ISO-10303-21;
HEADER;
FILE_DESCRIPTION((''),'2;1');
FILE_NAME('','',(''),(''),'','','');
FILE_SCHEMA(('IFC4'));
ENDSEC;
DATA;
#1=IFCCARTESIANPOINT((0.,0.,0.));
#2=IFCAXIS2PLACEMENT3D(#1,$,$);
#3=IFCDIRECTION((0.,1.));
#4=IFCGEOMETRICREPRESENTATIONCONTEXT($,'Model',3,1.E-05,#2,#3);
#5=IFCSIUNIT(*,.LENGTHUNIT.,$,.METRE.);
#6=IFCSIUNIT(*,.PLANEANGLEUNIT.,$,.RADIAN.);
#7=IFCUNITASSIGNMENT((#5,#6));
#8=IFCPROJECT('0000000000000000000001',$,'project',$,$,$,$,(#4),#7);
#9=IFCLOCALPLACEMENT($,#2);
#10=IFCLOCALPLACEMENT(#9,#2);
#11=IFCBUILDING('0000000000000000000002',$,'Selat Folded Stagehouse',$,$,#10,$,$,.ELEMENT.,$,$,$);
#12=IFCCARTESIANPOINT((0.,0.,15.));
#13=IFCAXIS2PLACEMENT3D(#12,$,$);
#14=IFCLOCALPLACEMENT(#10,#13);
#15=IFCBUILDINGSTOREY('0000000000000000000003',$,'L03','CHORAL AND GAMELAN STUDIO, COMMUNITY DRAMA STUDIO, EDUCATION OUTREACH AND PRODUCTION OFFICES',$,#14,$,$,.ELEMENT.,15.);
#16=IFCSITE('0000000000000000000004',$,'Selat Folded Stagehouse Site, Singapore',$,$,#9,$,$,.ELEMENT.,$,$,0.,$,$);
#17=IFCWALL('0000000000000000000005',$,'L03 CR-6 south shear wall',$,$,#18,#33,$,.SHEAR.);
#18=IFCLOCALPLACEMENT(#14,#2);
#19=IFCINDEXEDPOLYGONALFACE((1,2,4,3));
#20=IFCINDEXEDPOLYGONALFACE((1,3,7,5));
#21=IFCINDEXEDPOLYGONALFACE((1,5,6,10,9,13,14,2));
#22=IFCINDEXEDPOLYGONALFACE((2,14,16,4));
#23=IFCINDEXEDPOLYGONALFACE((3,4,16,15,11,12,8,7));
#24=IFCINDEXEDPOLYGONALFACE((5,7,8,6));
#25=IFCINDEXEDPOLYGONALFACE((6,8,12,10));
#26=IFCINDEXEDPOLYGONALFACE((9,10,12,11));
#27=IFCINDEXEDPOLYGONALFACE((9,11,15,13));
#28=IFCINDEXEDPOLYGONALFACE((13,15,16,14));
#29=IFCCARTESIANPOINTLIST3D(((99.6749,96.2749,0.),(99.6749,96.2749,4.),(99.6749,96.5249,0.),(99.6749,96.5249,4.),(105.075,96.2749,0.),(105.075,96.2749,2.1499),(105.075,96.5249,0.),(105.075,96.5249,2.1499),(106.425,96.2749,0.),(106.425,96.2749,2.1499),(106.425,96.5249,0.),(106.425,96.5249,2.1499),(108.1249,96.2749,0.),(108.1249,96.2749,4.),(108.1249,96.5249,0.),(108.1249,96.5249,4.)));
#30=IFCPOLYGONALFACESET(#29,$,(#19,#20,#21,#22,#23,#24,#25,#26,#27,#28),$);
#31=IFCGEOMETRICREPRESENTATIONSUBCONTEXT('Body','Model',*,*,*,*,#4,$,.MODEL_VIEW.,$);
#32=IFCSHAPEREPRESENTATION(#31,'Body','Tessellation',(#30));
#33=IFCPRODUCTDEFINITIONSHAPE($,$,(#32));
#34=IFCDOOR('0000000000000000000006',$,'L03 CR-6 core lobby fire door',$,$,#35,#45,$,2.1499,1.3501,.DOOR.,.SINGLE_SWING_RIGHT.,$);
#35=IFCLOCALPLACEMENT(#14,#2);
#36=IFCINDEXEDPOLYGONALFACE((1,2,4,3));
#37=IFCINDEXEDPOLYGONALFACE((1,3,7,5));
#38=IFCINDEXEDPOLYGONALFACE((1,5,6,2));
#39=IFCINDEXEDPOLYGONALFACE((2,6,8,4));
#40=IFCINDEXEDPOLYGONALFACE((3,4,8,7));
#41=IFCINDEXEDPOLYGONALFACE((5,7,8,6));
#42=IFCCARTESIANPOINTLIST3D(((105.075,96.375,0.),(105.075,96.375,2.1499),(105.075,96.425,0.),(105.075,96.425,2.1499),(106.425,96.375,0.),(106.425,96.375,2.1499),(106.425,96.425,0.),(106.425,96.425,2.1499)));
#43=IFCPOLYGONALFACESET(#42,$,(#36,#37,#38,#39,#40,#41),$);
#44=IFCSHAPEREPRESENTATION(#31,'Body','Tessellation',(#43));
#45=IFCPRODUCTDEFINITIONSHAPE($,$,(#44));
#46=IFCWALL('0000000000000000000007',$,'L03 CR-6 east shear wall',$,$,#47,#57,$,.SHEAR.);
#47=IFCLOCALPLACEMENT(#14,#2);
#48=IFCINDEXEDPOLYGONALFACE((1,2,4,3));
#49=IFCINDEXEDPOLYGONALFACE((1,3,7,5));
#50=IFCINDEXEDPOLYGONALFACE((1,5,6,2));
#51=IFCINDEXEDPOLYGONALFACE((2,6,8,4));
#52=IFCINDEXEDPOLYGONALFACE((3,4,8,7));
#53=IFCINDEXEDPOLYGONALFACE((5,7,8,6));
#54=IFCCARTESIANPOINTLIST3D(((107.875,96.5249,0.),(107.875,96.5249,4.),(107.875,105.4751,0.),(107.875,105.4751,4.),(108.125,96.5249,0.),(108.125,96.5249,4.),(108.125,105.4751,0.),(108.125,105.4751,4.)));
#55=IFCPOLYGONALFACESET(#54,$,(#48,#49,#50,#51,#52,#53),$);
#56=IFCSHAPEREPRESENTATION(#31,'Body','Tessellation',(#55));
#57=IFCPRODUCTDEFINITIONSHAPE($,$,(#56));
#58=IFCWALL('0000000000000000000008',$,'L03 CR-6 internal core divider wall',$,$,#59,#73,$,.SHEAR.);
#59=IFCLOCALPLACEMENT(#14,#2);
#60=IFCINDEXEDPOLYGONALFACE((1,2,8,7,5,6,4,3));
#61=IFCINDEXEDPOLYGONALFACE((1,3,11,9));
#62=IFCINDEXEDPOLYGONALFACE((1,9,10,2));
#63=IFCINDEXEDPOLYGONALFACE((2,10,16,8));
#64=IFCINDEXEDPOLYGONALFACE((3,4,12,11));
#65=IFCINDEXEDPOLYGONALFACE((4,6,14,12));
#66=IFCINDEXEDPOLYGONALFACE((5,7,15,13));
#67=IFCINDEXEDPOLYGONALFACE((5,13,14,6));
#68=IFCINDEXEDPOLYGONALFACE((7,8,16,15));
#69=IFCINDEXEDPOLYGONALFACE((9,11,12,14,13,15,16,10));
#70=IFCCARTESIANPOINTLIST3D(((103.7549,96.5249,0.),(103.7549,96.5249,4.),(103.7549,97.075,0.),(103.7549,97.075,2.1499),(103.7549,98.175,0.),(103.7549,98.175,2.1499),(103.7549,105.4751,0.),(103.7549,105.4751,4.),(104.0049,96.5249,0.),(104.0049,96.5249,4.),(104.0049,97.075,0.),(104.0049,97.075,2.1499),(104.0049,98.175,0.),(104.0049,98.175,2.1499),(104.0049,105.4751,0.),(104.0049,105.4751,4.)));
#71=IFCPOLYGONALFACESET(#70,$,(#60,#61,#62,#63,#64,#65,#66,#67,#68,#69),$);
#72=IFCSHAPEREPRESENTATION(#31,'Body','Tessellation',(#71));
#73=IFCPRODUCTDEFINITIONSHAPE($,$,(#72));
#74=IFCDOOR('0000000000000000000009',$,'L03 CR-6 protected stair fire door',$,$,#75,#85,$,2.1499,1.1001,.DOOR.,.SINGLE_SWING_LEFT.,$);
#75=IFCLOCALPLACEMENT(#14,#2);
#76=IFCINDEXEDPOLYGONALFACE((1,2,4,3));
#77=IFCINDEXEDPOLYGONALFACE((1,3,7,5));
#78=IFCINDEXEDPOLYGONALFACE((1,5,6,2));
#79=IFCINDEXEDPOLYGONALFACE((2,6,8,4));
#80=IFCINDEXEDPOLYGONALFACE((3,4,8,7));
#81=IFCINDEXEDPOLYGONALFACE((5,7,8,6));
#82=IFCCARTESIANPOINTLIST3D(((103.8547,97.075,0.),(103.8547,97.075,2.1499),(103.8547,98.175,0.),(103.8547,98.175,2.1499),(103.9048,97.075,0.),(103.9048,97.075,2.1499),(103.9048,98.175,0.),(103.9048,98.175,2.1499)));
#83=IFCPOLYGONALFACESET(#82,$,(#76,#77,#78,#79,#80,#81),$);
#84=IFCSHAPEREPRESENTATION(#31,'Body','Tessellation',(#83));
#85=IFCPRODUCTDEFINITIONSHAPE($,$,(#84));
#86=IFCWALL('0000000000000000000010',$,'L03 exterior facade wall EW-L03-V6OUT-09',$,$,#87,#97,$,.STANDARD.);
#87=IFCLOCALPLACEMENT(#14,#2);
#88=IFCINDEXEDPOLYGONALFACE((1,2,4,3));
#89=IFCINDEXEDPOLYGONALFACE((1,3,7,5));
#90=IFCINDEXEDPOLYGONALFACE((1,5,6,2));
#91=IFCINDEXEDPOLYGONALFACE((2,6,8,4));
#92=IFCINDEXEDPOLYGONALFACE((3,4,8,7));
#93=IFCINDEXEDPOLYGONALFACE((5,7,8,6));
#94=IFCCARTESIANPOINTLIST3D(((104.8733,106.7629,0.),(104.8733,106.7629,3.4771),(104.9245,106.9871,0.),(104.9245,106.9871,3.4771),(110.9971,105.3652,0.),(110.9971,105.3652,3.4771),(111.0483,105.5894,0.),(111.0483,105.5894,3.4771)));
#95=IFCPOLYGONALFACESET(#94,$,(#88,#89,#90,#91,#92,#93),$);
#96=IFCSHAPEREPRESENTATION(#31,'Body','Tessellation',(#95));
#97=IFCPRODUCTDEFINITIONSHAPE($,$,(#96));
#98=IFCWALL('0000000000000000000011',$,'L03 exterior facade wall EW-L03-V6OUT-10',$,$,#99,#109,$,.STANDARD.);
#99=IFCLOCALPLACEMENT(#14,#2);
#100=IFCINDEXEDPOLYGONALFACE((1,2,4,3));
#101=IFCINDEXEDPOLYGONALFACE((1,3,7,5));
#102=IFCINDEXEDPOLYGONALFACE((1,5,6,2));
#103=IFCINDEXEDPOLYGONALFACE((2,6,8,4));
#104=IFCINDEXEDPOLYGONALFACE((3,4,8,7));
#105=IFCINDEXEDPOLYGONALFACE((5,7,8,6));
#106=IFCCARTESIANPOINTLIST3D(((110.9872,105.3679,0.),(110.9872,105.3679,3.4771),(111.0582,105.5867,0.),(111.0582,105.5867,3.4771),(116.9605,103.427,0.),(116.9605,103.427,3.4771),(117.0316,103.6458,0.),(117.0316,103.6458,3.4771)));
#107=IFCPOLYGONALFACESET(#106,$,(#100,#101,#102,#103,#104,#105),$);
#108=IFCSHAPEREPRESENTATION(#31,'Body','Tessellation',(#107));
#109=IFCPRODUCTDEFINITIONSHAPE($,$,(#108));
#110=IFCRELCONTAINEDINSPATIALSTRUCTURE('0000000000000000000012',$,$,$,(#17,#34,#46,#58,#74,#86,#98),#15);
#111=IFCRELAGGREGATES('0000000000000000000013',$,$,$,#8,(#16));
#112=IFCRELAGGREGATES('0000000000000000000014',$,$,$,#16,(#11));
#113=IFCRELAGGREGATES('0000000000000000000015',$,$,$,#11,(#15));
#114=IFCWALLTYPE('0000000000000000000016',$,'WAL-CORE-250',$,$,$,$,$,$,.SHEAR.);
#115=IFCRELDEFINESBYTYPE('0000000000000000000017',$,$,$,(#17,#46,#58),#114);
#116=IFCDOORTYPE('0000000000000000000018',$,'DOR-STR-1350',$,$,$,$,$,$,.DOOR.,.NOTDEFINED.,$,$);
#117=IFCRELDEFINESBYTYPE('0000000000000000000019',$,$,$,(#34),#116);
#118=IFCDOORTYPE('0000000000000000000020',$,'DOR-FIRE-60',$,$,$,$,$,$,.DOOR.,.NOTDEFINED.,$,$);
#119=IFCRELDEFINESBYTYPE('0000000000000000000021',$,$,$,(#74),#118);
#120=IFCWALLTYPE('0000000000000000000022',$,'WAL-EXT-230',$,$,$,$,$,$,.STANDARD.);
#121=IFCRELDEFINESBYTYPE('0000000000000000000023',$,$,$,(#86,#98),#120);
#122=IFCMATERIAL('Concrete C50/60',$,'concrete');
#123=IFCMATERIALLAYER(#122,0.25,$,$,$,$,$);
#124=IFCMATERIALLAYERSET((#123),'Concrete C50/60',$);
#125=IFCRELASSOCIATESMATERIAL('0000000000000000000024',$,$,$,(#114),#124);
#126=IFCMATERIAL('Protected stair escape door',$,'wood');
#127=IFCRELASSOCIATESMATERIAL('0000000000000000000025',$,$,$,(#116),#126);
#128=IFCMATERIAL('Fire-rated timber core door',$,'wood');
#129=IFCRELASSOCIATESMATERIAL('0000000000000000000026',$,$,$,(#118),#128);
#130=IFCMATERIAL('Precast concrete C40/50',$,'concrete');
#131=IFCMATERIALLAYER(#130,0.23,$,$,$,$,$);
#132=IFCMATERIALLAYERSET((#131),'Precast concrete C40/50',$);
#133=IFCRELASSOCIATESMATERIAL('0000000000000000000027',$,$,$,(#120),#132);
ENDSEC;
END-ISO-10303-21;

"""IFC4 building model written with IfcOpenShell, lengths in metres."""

from ifc_helpers import new_model, si_unit, direction, frame, frame_2d, origin, place, context, subcontext, project, spatial, rectangle, extrude, material, layer, layer_set, type_object, element, fill, save


model = new_model("IFC4")

# Units and contexts
model_context = context("Model", 3, precision=1e-05, world=origin(), true_north=direction((0.0, 1.0)))
body_context = subcontext(model_context, "Body", "Model", "MODEL_VIEW")
ifc_project = project(units=[si_unit("LENGTHUNIT", "METRE"), si_unit("PLANEANGLEUNIT", "RADIAN")], contexts=[model_context])

# Site, building, storey
site_placement = place(None, origin())
site = spatial("IfcSite", under=ifc_project, at=site_placement, Name="Selat Folded Stagehouse Site, Singapore", CompositionType="ELEMENT", RefElevation=0.0)
building_placement = place(site_placement, origin())
building = spatial("IfcBuilding", under=site, at=building_placement, Name="Selat Folded Stagehouse", CompositionType="ELEMENT")
storey_placement = place(building_placement, frame((0.0, 0.0, 15.0)))
storey = spatial("IfcBuildingStorey", under=building, at=storey_placement, Name="L03", Description="CHORAL AND GAMELAN STUDIO, COMMUNITY DRAMA STUDIO, EDUCATION OUTREACH AND PRODUCTION OFFICES", CompositionType="ELEMENT", Elevation=15.0)

# Wall, opening, door
ifc_material_1 = material(Name="Concrete C50/60", Category="concrete")
ifc_layer_1 = layer(ifc_material_1, 0.25)
ifc_layer_set_1 = layer_set([ifc_layer_1], Name="Concrete C50/60")
wall_type_1 = type_object("IfcWallType", Name="WAL-CORE-250", PredefinedType="SHEAR", material=ifc_layer_set_1)
wall_1_placement = place(storey_placement, frame((108.125, 96.3999, 0.0), z_axis=(0.0, 0.0, 1.0), x_axis=(-1.0, 0.0, 0.0)))
wall_1 = element("IfcWall", 1, at=wall_1_placement, inside=storey, type_object=wall_type_1, Name="L03 CR-6 south shear wall", PredefinedType="SHEAR", context=body_context, shape_type="SweptSolid", body=[
    extrude(rectangle(XDim=8.45, YDim=0.25, at=frame_2d((4.2251, 0.0))), origin(), (0.0, 0.0, 1.0), 4.0),
])
opening_1_placement = place(wall_1_placement, frame((1.7, 0.0, 0.0)))
opening_1 = element("IfcOpeningElement", 2, at=opening_1_placement, cuts=wall_1, PredefinedType="OPENING", context=body_context, shape_type="SweptSolid", body=[
    extrude(rectangle(XDim=1.3501, YDim=2.1499, at=frame_2d((0.675, 1.075))), frame((0.0, 0.135, 0.0), z_axis=(0.0, -1.0, 0.0), x_axis=(1.0, 0.0, 0.0)), (0.0, 0.0, 1.0), 0.27),
])
ifc_material_2 = material(Name="Protected stair escape door", Category="wood")
door_type_1 = type_object("IfcDoorType", Name="DOR-STR-1350", OperationType="NOTDEFINED", PredefinedType="DOOR", material=ifc_material_2)
door_1_placement = place(opening_1_placement, origin())
door_1 = element("IfcDoor", 3, at=door_1_placement, inside=storey, type_object=door_type_1, Name="L03 CR-6 core lobby fire door", OperationType="SINGLE_SWING_RIGHT", OverallHeight=2.1499, OverallWidth=1.3501, PredefinedType="DOOR", context=body_context, shape_type="SweptSolid", body=[
    extrude(rectangle(XDim=1.3501, YDim=2.1499, at=frame_2d((0.675, 1.075))), frame((0.0, 0.0249, 0.0), z_axis=(0.0, -1.0, 0.0), x_axis=(1.0, 0.0, 0.0)), (0.0, 0.0, 1.0), 0.05),
])
fill(opening_1, door_1)

# Wall
wall_2_placement = place(storey_placement, frame((108.0, 105.4751, 0.0), z_axis=(0.0, 0.0, 1.0), x_axis=(0.0, -1.0, 0.0)))
element("IfcWall", 4, at=wall_2_placement, inside=storey, type_object=wall_type_1, Name="L03 CR-6 east shear wall", PredefinedType="SHEAR", context=body_context, shape_type="SweptSolid", body=[
    extrude(rectangle(XDim=8.9502, YDim=0.25, at=frame_2d((4.4751, 0.0))), origin(), (0.0, 0.0, 1.0), 4.0),
])

# Wall, opening, door
wall_3_placement = place(storey_placement, frame((103.8799, 105.4751, 0.0), z_axis=(0.0, 0.0, 1.0), x_axis=(0.0, -1.0, 0.0)))
wall_3 = element("IfcWall", 5, at=wall_3_placement, inside=storey, type_object=wall_type_1, Name="L03 CR-6 internal core divider wall", PredefinedType="SHEAR", context=body_context, shape_type="SweptSolid", body=[
    extrude(rectangle(XDim=8.9502, YDim=0.25, at=frame_2d((4.4751, 0.0))), origin(), (0.0, 0.0, 1.0), 4.0),
])
opening_2_placement = place(wall_3_placement, frame((7.3, 0.0, 0.0)))
opening_2 = element("IfcOpeningElement", 6, at=opening_2_placement, cuts=wall_3, PredefinedType="OPENING", context=body_context, shape_type="SweptSolid", body=[
    extrude(rectangle(XDim=1.1001, YDim=2.1499, at=frame_2d((0.55, 1.075))), frame((0.0, 0.135, 0.0), z_axis=(0.0, -1.0, 0.0), x_axis=(1.0, 0.0, 0.0)), (0.0, 0.0, 1.0), 0.27),
])
ifc_material_3 = material(Name="Fire-rated timber core door", Category="wood")
door_type_2 = type_object("IfcDoorType", Name="DOR-FIRE-60", OperationType="NOTDEFINED", PredefinedType="DOOR", material=ifc_material_3)
door_2_placement = place(opening_2_placement, origin())
door_2 = element("IfcDoor", 7, at=door_2_placement, inside=storey, type_object=door_type_2, Name="L03 CR-6 protected stair fire door", OperationType="SINGLE_SWING_LEFT", OverallHeight=2.1499, OverallWidth=1.1001, PredefinedType="DOOR", context=body_context, shape_type="SweptSolid", body=[
    extrude(rectangle(XDim=1.1001, YDim=2.1499, at=frame_2d((0.55, 1.075))), frame((0.0, 0.0249, 0.0), z_axis=(0.0, -1.0, 0.0), x_axis=(1.0, 0.0, 0.0)), (0.0, 0.0, 1.0), 0.05),
])
fill(opening_2, door_2)

# Walls
ifc_material_4 = material(Name="Precast concrete C40/50", Category="concrete")
ifc_layer_2 = layer(ifc_material_4, 0.23)
ifc_layer_set_2 = layer_set([ifc_layer_2], Name="Precast concrete C40/50")
wall_type_2 = type_object("IfcWallType", Name="WAL-EXT-230", PredefinedType="STANDARD", material=ifc_layer_set_2)
wall_4_placement = place(storey_placement, frame((104.8989, 106.875, 0.0), z_axis=(0.0, 0.0, 1.0), x_axis=(0.974928, -0.22252, 0.0)))
element("IfcWall", 8, at=wall_4_placement, inside=storey, type_object=wall_type_2, Name="L03 exterior facade wall EW-L03-V6OUT-09", PredefinedType="STANDARD", context=body_context, shape_type="SweptSolid", body=[
    extrude(rectangle(XDim=6.2812, YDim=0.23, at=frame_2d((3.1406, 0.0))), origin(), (0.0, 0.0, 1.0), 3.4771),
])
wall_5_placement = place(storey_placement, frame((111.0227, 105.4773, 0.0), z_axis=(0.0, 0.0, 1.0), x_axis=(0.951054, -0.309024, 0.0)))
element("IfcWall", 9, at=wall_5_placement, inside=storey, type_object=wall_type_2, Name="L03 exterior facade wall EW-L03-V6OUT-10", PredefinedType="STANDARD", context=body_context, shape_type="SweptSolid", body=[
    extrude(rectangle(XDim=6.2808, YDim=0.23, at=frame_2d((3.1404, 0.0))), origin(), (0.0, 0.0, 1.0), 3.4771),
])

save(model, "model.ifc")
